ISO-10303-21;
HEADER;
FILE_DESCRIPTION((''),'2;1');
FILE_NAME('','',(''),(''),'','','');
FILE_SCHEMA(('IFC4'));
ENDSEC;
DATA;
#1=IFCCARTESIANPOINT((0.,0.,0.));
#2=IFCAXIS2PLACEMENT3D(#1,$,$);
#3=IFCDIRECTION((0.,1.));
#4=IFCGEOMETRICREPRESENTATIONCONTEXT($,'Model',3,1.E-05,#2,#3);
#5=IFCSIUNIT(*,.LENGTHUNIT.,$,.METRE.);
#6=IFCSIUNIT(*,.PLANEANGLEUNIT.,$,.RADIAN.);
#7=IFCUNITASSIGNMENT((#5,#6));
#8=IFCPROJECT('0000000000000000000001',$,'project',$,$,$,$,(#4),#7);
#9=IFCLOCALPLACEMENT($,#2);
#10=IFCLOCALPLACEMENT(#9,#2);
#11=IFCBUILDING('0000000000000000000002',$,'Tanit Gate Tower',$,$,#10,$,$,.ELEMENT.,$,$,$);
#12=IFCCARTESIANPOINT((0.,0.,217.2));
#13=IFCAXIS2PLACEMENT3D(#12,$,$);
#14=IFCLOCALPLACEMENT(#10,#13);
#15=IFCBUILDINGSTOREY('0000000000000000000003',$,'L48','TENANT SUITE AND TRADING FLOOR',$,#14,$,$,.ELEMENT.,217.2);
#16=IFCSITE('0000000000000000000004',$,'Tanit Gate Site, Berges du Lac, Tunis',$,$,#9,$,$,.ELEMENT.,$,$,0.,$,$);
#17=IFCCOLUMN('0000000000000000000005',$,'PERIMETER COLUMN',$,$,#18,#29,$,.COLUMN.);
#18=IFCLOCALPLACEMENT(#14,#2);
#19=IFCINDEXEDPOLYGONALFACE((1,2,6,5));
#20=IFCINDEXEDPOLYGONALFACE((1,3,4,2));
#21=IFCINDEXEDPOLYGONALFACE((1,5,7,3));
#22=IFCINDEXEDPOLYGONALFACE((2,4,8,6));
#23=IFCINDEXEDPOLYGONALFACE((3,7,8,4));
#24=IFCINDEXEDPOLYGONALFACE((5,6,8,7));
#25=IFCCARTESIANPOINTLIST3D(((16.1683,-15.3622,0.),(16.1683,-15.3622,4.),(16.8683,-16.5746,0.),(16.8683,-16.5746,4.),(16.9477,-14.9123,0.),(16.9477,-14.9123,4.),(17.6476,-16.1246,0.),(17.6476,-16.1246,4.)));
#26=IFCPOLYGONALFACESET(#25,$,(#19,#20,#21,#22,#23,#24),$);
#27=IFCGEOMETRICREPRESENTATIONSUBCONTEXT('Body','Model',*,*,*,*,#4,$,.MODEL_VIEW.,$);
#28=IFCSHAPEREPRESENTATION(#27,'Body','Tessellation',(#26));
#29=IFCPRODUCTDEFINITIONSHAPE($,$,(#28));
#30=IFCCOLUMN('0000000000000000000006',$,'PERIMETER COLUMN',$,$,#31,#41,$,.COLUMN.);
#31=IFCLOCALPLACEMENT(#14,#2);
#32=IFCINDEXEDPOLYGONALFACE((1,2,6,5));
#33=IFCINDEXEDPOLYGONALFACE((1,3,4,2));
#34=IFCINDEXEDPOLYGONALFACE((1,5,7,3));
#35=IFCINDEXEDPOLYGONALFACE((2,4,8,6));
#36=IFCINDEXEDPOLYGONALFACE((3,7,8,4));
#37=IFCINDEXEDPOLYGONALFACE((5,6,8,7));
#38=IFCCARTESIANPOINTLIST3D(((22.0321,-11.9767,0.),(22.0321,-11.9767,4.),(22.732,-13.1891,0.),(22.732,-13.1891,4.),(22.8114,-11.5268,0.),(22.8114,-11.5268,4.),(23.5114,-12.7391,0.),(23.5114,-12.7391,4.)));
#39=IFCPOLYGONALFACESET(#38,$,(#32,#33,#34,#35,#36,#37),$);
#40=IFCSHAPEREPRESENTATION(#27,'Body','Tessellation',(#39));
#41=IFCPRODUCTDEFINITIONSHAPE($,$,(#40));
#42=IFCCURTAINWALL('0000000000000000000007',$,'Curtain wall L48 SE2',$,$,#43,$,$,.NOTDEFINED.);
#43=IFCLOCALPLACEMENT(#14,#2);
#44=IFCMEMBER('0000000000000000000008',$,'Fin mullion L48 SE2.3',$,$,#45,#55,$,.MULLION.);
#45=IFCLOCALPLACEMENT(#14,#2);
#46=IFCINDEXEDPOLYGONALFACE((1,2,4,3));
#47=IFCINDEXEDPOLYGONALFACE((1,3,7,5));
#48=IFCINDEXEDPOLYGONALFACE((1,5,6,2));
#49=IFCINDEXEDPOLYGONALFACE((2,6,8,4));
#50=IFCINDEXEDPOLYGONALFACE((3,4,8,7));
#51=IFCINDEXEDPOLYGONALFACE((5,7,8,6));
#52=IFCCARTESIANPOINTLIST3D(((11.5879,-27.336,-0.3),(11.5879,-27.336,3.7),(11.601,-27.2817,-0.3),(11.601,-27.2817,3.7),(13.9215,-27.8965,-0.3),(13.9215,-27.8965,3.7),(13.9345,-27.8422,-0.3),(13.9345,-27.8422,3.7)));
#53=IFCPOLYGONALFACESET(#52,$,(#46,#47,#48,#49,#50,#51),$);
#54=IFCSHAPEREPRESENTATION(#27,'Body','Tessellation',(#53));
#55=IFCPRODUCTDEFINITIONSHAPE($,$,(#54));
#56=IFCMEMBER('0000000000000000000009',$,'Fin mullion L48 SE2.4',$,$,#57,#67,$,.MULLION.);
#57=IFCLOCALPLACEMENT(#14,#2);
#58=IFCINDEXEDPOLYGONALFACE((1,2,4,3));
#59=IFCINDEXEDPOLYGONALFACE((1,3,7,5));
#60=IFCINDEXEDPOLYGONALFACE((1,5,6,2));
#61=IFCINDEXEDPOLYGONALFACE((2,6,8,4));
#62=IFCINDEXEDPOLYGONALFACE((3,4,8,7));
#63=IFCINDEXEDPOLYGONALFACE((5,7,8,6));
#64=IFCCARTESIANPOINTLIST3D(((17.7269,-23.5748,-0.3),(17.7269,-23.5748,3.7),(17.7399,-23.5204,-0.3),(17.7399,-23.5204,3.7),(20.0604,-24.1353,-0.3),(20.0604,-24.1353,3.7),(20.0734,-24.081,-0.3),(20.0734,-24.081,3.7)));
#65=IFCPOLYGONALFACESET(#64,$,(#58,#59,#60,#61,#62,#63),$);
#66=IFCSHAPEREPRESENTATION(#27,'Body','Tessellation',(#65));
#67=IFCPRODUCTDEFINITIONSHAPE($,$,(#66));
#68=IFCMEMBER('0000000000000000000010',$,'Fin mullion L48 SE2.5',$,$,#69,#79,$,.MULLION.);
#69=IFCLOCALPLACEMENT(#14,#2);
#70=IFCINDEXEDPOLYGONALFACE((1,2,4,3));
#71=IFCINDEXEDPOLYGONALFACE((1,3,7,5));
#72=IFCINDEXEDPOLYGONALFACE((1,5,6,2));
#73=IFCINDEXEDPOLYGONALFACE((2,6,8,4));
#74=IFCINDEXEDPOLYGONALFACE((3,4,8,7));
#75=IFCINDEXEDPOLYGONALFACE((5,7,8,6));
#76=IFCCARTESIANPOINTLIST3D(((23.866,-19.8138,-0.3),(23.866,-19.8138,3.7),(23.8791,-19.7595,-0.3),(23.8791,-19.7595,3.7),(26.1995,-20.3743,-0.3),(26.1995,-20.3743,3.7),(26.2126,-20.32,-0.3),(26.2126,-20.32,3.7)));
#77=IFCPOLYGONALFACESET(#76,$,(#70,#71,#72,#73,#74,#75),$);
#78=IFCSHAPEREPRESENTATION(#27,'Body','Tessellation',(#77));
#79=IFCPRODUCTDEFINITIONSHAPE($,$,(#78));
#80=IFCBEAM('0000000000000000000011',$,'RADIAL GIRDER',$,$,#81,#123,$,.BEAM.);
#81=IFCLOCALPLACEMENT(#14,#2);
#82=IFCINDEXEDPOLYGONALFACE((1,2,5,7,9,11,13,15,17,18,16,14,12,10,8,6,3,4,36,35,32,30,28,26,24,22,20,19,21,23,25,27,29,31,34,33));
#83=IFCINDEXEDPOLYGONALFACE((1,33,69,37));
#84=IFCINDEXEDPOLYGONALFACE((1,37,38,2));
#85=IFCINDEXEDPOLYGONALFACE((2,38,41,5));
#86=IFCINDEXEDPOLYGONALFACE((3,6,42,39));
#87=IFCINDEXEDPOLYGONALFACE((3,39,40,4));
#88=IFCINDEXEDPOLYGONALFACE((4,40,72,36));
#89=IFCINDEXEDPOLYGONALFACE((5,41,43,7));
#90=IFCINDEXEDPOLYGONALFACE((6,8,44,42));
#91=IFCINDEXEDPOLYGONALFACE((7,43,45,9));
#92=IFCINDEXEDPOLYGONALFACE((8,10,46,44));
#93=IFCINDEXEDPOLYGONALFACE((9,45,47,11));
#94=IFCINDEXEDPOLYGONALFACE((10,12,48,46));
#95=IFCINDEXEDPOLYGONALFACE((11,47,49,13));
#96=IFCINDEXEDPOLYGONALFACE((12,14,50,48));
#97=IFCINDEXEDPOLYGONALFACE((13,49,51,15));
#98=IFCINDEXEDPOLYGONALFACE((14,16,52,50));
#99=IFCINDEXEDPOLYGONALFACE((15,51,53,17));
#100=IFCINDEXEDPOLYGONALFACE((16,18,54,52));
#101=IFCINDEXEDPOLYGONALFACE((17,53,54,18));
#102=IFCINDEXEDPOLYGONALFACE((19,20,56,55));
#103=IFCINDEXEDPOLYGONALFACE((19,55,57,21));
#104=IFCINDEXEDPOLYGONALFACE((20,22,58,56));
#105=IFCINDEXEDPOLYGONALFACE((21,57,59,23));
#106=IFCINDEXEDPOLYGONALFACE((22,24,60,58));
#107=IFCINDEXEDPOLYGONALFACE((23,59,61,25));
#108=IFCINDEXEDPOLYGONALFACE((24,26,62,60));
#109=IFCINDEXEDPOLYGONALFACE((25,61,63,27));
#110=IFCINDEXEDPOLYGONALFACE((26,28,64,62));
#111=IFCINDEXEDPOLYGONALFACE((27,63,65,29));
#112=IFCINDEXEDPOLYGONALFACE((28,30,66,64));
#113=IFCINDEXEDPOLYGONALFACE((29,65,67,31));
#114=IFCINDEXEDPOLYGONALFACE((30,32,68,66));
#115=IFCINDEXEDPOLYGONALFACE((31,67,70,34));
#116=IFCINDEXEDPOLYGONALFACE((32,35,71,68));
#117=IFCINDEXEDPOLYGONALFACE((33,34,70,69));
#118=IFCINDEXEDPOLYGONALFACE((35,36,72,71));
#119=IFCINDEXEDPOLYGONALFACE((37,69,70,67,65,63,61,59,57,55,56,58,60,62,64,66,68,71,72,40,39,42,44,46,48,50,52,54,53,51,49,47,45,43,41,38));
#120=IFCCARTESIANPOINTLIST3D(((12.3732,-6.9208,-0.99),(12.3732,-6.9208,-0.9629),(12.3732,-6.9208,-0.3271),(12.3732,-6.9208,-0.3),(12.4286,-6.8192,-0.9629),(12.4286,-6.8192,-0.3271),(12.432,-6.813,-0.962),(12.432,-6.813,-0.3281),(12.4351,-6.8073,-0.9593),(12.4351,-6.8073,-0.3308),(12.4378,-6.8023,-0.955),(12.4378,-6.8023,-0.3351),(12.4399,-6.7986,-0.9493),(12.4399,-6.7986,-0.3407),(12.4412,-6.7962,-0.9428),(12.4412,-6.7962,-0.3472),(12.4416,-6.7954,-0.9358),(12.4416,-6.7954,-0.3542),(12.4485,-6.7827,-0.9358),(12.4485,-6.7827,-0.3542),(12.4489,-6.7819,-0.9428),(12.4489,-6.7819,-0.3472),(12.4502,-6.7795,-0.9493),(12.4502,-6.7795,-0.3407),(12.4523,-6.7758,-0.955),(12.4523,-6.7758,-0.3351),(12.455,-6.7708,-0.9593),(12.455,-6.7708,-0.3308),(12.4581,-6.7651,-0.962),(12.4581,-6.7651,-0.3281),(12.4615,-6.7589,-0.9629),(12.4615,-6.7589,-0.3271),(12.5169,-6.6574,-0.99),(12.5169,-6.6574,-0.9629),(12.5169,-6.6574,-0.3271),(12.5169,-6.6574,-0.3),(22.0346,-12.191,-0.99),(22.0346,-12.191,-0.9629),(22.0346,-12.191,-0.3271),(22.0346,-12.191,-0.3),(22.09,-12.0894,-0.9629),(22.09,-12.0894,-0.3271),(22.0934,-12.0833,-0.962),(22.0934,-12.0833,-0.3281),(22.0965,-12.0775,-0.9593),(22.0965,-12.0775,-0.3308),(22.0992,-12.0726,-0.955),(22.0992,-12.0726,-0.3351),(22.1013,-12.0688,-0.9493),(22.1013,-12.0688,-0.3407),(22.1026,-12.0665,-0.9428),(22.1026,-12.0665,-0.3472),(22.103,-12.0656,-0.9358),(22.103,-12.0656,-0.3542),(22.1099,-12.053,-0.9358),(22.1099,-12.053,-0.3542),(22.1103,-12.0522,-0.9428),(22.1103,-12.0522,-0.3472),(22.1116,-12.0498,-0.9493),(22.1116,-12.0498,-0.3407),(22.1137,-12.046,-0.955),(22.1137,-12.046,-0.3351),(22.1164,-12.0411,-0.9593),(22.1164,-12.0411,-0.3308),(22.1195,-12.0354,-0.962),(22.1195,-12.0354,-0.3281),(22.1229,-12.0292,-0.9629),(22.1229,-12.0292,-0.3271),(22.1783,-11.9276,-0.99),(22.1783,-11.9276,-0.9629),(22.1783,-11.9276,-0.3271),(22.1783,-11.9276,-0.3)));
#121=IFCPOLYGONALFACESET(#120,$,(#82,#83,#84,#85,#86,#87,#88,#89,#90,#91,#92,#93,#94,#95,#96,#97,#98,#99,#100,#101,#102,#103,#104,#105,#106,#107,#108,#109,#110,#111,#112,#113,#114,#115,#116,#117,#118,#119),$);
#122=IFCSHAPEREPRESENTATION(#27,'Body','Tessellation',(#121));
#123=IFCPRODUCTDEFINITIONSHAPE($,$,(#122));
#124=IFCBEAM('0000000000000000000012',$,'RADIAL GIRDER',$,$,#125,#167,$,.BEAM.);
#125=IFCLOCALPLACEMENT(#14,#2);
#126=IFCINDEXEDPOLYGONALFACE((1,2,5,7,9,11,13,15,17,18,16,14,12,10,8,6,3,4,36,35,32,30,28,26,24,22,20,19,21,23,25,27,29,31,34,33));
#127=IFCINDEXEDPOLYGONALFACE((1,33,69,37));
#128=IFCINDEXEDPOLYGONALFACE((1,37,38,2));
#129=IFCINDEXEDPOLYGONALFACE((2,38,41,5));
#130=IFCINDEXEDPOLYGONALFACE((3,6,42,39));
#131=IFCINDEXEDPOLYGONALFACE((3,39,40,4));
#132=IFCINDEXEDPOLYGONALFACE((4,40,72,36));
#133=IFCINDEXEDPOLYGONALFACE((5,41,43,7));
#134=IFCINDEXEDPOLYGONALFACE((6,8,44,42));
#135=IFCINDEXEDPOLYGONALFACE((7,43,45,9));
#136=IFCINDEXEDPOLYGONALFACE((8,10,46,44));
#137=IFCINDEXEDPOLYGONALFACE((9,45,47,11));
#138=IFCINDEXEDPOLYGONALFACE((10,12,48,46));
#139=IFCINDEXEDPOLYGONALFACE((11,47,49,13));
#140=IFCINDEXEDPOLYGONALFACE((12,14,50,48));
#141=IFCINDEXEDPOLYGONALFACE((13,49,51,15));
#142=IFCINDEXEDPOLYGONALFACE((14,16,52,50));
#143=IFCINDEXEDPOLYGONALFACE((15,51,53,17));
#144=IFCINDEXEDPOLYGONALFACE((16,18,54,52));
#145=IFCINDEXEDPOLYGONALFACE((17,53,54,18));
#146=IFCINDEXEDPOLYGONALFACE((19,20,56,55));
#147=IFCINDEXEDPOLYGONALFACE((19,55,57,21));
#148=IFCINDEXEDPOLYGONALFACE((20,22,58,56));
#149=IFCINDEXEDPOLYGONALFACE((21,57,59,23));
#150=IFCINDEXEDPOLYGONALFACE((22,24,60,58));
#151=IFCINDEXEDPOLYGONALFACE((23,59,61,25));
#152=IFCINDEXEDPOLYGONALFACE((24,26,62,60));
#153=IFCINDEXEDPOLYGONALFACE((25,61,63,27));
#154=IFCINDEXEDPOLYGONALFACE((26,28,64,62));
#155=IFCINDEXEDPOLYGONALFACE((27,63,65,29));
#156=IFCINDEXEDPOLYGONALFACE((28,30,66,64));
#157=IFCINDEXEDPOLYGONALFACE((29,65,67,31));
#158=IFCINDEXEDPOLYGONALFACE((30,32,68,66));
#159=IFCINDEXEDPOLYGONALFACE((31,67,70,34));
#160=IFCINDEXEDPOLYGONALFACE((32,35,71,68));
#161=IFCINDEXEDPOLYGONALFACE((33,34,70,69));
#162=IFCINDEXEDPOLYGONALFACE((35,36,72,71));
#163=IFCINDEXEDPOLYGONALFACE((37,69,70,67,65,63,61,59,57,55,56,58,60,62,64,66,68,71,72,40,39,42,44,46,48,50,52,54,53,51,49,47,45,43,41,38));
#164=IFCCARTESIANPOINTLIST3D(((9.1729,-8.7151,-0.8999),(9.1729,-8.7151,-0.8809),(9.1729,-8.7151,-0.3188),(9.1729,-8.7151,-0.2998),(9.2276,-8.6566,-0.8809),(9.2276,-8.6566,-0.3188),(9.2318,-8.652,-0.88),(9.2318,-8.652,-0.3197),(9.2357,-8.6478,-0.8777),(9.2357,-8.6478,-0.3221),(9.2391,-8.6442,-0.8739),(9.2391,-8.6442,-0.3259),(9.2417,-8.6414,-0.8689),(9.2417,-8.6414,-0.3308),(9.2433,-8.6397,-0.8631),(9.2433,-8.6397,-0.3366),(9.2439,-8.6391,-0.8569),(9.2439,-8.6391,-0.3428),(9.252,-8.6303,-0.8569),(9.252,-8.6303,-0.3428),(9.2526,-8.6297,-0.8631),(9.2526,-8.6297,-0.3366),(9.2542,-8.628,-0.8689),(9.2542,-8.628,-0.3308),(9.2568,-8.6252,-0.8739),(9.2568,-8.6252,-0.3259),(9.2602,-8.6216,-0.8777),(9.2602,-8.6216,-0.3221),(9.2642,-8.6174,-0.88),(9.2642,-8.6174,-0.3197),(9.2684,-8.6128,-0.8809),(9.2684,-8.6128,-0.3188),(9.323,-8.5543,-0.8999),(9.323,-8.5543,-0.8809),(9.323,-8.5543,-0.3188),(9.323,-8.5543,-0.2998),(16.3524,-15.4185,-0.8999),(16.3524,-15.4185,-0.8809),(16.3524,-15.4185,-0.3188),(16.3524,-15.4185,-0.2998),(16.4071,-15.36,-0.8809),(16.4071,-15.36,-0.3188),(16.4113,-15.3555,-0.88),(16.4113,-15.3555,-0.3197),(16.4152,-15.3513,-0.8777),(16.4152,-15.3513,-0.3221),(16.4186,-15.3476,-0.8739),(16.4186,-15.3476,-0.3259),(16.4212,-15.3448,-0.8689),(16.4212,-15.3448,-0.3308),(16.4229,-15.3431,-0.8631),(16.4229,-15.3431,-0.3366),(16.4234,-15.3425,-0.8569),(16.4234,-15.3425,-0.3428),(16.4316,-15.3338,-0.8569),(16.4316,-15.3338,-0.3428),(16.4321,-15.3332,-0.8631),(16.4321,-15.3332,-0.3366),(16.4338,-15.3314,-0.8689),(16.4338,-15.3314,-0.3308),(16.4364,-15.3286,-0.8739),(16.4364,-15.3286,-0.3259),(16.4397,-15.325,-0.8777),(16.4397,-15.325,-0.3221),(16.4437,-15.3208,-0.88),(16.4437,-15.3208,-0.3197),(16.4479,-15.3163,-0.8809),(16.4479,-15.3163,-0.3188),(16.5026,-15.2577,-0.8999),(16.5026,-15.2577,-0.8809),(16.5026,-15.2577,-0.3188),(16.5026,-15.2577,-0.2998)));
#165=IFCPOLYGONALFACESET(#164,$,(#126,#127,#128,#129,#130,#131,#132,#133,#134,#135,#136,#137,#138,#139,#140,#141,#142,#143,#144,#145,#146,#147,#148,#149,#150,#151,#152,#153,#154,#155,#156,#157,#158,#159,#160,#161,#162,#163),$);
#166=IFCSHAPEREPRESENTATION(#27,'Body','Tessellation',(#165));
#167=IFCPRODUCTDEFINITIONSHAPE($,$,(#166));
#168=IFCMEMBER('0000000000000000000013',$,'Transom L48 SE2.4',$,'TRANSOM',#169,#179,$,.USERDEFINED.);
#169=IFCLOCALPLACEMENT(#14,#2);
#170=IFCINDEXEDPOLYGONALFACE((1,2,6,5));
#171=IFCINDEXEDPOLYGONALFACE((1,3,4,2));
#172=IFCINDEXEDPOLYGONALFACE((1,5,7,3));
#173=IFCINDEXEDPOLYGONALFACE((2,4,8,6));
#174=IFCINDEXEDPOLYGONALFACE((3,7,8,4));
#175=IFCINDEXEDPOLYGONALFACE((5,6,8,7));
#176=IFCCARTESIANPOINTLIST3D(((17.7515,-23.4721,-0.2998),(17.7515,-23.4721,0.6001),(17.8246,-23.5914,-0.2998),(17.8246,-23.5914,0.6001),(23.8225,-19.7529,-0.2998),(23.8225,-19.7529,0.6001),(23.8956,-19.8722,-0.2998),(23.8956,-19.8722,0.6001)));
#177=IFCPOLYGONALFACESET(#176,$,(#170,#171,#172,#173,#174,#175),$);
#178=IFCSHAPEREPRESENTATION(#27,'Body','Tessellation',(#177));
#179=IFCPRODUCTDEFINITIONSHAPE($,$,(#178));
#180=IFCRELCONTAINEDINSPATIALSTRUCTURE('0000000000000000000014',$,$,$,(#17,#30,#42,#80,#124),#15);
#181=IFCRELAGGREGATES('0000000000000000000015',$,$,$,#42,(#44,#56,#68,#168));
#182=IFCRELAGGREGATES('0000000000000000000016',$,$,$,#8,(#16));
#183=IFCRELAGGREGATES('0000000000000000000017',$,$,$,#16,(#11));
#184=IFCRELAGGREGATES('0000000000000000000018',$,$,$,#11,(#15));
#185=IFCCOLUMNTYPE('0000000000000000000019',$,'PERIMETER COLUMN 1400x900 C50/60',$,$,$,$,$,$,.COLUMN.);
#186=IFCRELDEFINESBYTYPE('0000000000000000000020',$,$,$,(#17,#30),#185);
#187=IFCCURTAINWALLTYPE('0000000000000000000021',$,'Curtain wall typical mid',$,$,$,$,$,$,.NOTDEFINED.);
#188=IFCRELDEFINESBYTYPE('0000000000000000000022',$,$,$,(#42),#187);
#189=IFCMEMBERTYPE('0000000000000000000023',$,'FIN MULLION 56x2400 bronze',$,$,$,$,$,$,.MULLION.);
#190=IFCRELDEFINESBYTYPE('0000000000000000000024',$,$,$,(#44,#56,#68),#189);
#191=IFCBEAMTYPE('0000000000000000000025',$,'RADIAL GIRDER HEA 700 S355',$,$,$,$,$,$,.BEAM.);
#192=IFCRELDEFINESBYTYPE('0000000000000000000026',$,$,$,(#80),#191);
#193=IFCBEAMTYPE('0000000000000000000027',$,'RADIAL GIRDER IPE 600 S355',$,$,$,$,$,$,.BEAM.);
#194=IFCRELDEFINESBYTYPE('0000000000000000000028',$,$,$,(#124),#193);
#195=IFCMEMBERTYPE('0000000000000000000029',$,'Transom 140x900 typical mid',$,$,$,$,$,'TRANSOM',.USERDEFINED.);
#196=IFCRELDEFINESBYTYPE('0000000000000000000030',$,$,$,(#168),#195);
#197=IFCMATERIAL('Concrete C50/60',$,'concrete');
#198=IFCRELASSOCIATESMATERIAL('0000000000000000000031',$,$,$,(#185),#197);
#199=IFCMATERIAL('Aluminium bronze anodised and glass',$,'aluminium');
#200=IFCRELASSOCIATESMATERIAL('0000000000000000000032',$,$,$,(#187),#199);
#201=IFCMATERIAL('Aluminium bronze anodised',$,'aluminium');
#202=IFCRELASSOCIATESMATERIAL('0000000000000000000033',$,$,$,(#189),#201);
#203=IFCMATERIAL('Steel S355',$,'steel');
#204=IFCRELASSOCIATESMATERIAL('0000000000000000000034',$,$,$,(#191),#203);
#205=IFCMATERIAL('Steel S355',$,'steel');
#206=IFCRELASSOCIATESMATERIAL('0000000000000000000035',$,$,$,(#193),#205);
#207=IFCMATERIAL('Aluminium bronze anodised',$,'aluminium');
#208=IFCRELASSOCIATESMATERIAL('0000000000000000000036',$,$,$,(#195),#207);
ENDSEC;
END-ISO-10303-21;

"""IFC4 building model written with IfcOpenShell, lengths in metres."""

from ifc_helpers import new_model, si_unit, direction, frame, origin, origin_2d, place, context, subcontext, project, spatial, rectangle, i_section, extrude, material, material_profile, profile_set, type_object, element, aggregate, save


model = new_model("IFC4")

# Units and contexts
model_context = context("Model", 3, precision=1e-05, world=origin(), true_north=direction((0.0, 1.0)))
body_context = subcontext(model_context, "Body", "Model", "MODEL_VIEW")
ifc_project = project(units=[si_unit("LENGTHUNIT", "METRE"), si_unit("PLANEANGLEUNIT", "RADIAN")], contexts=[model_context])

# Site, building, storey
site_placement = place(None, origin())
site = spatial("IfcSite", under=ifc_project, at=site_placement, Name="Tanit Gate Site, Berges du Lac, Tunis", CompositionType="ELEMENT", RefElevation=0.0)
building_placement = place(site_placement, origin())
building = spatial("IfcBuilding", under=site, at=building_placement, Name="Tanit Gate Tower", CompositionType="ELEMENT")
storey_placement = place(building_placement, frame((0.0, 0.0, 217.2)))
storey = spatial("IfcBuildingStorey", under=building, at=storey_placement, Name="L48", Description="TENANT SUITE AND TRADING FLOOR", CompositionType="ELEMENT", Elevation=217.2)

# Columns
ifc_material_1 = material(Name="Concrete C50/60", Category="concrete")
ifc_material_profile_1 = material_profile(ifc_material_1, rectangle(XDim=1.3999, YDim=0.8999, at=origin_2d()), Name="RC 1400x900")
ifc_profile_set_1 = profile_set([ifc_material_profile_1], Name="Concrete C50/60")
column_type = type_object("IfcColumnType", Name="PERIMETER COLUMN 1400x900 C50/60", PredefinedType="COLUMN", material=ifc_profile_set_1)
for number, where, z_axis, x_axis, name in (
    (1, (16.908, -15.7434, 0.0), (0.0, 0.0, 1.0), (0.5, -0.866025, 0.0), "PERIMETER COLUMN"),
    (2, (22.7717, -12.3579, 0.0), (0.0, 0.0, 1.0), (0.5, -0.866025, 0.0), "PERIMETER COLUMN"),
):
    element("IfcColumn", number, at=place(storey_placement, frame(where, z_axis=z_axis, x_axis=x_axis)), inside=storey, type_object=column_type, Name=name, PredefinedType="COLUMN", context=body_context, shape_type="SweptSolid", body=[
        extrude(rectangle(XDim=1.3999, YDim=0.8999, at=origin_2d()), origin(), (0.0, 0.0, 1.0), 4.0),
    ])

# Curtain wall, members
ifc_material_2 = material(Name="Aluminium bronze anodised and glass", Category="aluminium")
curtain_wall_type = type_object("IfcCurtainWallType", Name="Curtain wall typical mid", PredefinedType="NOTDEFINED", material=ifc_material_2)
curtain_wall_placement = place(storey_placement, origin())
curtain_wall = element("IfcCurtainWall", 3, at=curtain_wall_placement, inside=storey, type_object=curtain_wall_type, Name="Curtain wall L48 SE2", PredefinedType="NOTDEFINED")
ifc_material_3 = material(Name="Aluminium bronze anodised", Category="aluminium")
ifc_material_profile_2 = material_profile(ifc_material_3, rectangle(XDim=2.3999, YDim=0.0559, at=origin_2d()), Name="56x2400 bronze fin mullion")
ifc_profile_set_2 = profile_set([ifc_material_profile_2], Name="Aluminium bronze anodised")
member_type_1 = type_object("IfcMemberType", Name="FIN MULLION 56x2400 bronze", PredefinedType="MULLION", material=ifc_profile_set_2)
member_1_placement = place(storey_placement, frame((12.7612, -27.5891, -0.3), z_axis=(0.0, 0.0, 1.0), x_axis=(-0.972343, 0.233557, 0.0)))
member_1 = element("IfcMember", 4, at=member_1_placement, type_object=member_type_1, Name="Fin mullion L48 SE2.3", PredefinedType="MULLION", context=body_context, shape_type="SweptSolid", body=[
    extrude(rectangle(XDim=2.3999, YDim=0.0559, at=origin_2d()), origin(), (0.0, 0.0, 1.0), 4.0),
])
member_2_placement = place(storey_placement, frame((18.9001, -23.8279, -0.3), z_axis=(0.0, 0.0, 1.0), x_axis=(-0.972343, 0.233557, 0.0)))
member_2 = element("IfcMember", 5, at=member_2_placement, type_object=member_type_1, Name="Fin mullion L48 SE2.4", PredefinedType="MULLION", context=body_context, shape_type="SweptSolid", body=[
    extrude(rectangle(XDim=2.3999, YDim=0.0559, at=origin_2d()), origin(), (0.0, 0.0, 1.0), 4.0),
])
member_3_placement = place(storey_placement, frame((25.0393, -20.0669, -0.3), z_axis=(0.0, 0.0, 1.0), x_axis=(-0.972343, 0.233557, 0.0)))
member_3 = element("IfcMember", 6, at=member_3_placement, type_object=member_type_1, Name="Fin mullion L48 SE2.5", PredefinedType="MULLION", context=body_context, shape_type="SweptSolid", body=[
    extrude(rectangle(XDim=2.3999, YDim=0.0559, at=origin_2d()), origin(), (0.0, 0.0, 1.0), 4.0),
])

# Beams
ifc_material_4 = material(Name="Steel S355", Category="steel")
ifc_material_profile_3 = material_profile(ifc_material_4, i_section(OverallWidth=0.3, OverallDepth=0.6899, WebThickness=0.0144, FlangeThickness=0.0271, FilletRadius=0.0271, at=origin_2d()), Name="HEA 700")
ifc_profile_set_3 = profile_set([ifc_material_profile_3], Name="Steel S355")
beam_type_1 = type_object("IfcBeamType", Name="RADIAL GIRDER HEA 700 S355", PredefinedType="BEAM", material=ifc_profile_set_3)
beam_1_placement = place(storey_placement, frame((22.1064, -12.0593, -0.645), z_axis=(-0.877879, 0.478882, 0.0), x_axis=(-0.478882, -0.877879, 0.0)))
element("IfcBeam", 7, at=beam_1_placement, inside=storey, type_object=beam_type_1, Name="RADIAL GIRDER", PredefinedType="BEAM", context=body_context, shape_type="SweptSolid", body=[
    extrude(i_section(OverallWidth=0.3, OverallDepth=0.6899, WebThickness=0.0144, FlangeThickness=0.0271, FilletRadius=0.0271, at=origin_2d()), origin(), (0.0, 0.0, 1.0), 11.0054),
])
ifc_material_5 = material(Name="Steel S355", Category="steel")
ifc_material_profile_4 = material_profile(ifc_material_5, i_section(OverallWidth=0.22, OverallDepth=0.6001, WebThickness=0.012, FlangeThickness=0.019, FilletRadius=0.0239, at=origin_2d()), Name="IPE 600")
ifc_profile_set_4 = profile_set([ifc_material_profile_4], Name="Steel S355")
beam_type_2 = type_object("IfcBeamType", Name="RADIAL GIRDER IPE 600 S355", PredefinedType="BEAM", material=ifc_profile_set_4)
beam_2_placement = place(storey_placement, frame((16.4275, -15.3381, -0.5999), z_axis=(-0.730925, 0.682457, 0.0), x_axis=(-0.682457, -0.730925, 0.0)))
element("IfcBeam", 8, at=beam_2_placement, inside=storey, type_object=beam_type_2, Name="RADIAL GIRDER", PredefinedType="BEAM", context=body_context, shape_type="SweptSolid", body=[
    extrude(i_section(OverallWidth=0.22, OverallDepth=0.6001, WebThickness=0.012, FlangeThickness=0.019, FilletRadius=0.0239, at=origin_2d()), origin(), (0.0, 0.0, 1.0), 9.8225),
])

# Member
ifc_material_6 = material(Name="Aluminium bronze anodised", Category="aluminium")
ifc_material_profile_5 = material_profile(ifc_material_6, rectangle(XDim=0.1399, YDim=0.8999, at=origin_2d()), Name="140x900 bronze transom")
ifc_profile_set_5 = profile_set([ifc_material_profile_5], Name="Aluminium bronze anodised")
member_type_2 = type_object("IfcMemberType", Name="Transom 140x900 typical mid", ElementType="TRANSOM", PredefinedType="USERDEFINED", material=ifc_profile_set_5)
member_4_placement = place(storey_placement, frame((17.7881, -23.5317, 0.1501), z_axis=(0.852709, 0.522386, 0.0), x_axis=(-0.522386, 0.852709, 0.0)))
member_4 = element("IfcMember", 9, at=member_4_placement, type_object=member_type_2, Name="Transom L48 SE2.4", ObjectType="TRANSOM", PredefinedType="USERDEFINED", context=body_context, shape_type="SweptSolid", body=[
    extrude(rectangle(XDim=0.1399, YDim=0.8999, at=origin_2d()), origin(), (0.0, 0.0, 1.0), 7.1196),
])

aggregate(curtain_wall, [member_1, member_2, member_3, member_4])

save(model, "model.ifc")
